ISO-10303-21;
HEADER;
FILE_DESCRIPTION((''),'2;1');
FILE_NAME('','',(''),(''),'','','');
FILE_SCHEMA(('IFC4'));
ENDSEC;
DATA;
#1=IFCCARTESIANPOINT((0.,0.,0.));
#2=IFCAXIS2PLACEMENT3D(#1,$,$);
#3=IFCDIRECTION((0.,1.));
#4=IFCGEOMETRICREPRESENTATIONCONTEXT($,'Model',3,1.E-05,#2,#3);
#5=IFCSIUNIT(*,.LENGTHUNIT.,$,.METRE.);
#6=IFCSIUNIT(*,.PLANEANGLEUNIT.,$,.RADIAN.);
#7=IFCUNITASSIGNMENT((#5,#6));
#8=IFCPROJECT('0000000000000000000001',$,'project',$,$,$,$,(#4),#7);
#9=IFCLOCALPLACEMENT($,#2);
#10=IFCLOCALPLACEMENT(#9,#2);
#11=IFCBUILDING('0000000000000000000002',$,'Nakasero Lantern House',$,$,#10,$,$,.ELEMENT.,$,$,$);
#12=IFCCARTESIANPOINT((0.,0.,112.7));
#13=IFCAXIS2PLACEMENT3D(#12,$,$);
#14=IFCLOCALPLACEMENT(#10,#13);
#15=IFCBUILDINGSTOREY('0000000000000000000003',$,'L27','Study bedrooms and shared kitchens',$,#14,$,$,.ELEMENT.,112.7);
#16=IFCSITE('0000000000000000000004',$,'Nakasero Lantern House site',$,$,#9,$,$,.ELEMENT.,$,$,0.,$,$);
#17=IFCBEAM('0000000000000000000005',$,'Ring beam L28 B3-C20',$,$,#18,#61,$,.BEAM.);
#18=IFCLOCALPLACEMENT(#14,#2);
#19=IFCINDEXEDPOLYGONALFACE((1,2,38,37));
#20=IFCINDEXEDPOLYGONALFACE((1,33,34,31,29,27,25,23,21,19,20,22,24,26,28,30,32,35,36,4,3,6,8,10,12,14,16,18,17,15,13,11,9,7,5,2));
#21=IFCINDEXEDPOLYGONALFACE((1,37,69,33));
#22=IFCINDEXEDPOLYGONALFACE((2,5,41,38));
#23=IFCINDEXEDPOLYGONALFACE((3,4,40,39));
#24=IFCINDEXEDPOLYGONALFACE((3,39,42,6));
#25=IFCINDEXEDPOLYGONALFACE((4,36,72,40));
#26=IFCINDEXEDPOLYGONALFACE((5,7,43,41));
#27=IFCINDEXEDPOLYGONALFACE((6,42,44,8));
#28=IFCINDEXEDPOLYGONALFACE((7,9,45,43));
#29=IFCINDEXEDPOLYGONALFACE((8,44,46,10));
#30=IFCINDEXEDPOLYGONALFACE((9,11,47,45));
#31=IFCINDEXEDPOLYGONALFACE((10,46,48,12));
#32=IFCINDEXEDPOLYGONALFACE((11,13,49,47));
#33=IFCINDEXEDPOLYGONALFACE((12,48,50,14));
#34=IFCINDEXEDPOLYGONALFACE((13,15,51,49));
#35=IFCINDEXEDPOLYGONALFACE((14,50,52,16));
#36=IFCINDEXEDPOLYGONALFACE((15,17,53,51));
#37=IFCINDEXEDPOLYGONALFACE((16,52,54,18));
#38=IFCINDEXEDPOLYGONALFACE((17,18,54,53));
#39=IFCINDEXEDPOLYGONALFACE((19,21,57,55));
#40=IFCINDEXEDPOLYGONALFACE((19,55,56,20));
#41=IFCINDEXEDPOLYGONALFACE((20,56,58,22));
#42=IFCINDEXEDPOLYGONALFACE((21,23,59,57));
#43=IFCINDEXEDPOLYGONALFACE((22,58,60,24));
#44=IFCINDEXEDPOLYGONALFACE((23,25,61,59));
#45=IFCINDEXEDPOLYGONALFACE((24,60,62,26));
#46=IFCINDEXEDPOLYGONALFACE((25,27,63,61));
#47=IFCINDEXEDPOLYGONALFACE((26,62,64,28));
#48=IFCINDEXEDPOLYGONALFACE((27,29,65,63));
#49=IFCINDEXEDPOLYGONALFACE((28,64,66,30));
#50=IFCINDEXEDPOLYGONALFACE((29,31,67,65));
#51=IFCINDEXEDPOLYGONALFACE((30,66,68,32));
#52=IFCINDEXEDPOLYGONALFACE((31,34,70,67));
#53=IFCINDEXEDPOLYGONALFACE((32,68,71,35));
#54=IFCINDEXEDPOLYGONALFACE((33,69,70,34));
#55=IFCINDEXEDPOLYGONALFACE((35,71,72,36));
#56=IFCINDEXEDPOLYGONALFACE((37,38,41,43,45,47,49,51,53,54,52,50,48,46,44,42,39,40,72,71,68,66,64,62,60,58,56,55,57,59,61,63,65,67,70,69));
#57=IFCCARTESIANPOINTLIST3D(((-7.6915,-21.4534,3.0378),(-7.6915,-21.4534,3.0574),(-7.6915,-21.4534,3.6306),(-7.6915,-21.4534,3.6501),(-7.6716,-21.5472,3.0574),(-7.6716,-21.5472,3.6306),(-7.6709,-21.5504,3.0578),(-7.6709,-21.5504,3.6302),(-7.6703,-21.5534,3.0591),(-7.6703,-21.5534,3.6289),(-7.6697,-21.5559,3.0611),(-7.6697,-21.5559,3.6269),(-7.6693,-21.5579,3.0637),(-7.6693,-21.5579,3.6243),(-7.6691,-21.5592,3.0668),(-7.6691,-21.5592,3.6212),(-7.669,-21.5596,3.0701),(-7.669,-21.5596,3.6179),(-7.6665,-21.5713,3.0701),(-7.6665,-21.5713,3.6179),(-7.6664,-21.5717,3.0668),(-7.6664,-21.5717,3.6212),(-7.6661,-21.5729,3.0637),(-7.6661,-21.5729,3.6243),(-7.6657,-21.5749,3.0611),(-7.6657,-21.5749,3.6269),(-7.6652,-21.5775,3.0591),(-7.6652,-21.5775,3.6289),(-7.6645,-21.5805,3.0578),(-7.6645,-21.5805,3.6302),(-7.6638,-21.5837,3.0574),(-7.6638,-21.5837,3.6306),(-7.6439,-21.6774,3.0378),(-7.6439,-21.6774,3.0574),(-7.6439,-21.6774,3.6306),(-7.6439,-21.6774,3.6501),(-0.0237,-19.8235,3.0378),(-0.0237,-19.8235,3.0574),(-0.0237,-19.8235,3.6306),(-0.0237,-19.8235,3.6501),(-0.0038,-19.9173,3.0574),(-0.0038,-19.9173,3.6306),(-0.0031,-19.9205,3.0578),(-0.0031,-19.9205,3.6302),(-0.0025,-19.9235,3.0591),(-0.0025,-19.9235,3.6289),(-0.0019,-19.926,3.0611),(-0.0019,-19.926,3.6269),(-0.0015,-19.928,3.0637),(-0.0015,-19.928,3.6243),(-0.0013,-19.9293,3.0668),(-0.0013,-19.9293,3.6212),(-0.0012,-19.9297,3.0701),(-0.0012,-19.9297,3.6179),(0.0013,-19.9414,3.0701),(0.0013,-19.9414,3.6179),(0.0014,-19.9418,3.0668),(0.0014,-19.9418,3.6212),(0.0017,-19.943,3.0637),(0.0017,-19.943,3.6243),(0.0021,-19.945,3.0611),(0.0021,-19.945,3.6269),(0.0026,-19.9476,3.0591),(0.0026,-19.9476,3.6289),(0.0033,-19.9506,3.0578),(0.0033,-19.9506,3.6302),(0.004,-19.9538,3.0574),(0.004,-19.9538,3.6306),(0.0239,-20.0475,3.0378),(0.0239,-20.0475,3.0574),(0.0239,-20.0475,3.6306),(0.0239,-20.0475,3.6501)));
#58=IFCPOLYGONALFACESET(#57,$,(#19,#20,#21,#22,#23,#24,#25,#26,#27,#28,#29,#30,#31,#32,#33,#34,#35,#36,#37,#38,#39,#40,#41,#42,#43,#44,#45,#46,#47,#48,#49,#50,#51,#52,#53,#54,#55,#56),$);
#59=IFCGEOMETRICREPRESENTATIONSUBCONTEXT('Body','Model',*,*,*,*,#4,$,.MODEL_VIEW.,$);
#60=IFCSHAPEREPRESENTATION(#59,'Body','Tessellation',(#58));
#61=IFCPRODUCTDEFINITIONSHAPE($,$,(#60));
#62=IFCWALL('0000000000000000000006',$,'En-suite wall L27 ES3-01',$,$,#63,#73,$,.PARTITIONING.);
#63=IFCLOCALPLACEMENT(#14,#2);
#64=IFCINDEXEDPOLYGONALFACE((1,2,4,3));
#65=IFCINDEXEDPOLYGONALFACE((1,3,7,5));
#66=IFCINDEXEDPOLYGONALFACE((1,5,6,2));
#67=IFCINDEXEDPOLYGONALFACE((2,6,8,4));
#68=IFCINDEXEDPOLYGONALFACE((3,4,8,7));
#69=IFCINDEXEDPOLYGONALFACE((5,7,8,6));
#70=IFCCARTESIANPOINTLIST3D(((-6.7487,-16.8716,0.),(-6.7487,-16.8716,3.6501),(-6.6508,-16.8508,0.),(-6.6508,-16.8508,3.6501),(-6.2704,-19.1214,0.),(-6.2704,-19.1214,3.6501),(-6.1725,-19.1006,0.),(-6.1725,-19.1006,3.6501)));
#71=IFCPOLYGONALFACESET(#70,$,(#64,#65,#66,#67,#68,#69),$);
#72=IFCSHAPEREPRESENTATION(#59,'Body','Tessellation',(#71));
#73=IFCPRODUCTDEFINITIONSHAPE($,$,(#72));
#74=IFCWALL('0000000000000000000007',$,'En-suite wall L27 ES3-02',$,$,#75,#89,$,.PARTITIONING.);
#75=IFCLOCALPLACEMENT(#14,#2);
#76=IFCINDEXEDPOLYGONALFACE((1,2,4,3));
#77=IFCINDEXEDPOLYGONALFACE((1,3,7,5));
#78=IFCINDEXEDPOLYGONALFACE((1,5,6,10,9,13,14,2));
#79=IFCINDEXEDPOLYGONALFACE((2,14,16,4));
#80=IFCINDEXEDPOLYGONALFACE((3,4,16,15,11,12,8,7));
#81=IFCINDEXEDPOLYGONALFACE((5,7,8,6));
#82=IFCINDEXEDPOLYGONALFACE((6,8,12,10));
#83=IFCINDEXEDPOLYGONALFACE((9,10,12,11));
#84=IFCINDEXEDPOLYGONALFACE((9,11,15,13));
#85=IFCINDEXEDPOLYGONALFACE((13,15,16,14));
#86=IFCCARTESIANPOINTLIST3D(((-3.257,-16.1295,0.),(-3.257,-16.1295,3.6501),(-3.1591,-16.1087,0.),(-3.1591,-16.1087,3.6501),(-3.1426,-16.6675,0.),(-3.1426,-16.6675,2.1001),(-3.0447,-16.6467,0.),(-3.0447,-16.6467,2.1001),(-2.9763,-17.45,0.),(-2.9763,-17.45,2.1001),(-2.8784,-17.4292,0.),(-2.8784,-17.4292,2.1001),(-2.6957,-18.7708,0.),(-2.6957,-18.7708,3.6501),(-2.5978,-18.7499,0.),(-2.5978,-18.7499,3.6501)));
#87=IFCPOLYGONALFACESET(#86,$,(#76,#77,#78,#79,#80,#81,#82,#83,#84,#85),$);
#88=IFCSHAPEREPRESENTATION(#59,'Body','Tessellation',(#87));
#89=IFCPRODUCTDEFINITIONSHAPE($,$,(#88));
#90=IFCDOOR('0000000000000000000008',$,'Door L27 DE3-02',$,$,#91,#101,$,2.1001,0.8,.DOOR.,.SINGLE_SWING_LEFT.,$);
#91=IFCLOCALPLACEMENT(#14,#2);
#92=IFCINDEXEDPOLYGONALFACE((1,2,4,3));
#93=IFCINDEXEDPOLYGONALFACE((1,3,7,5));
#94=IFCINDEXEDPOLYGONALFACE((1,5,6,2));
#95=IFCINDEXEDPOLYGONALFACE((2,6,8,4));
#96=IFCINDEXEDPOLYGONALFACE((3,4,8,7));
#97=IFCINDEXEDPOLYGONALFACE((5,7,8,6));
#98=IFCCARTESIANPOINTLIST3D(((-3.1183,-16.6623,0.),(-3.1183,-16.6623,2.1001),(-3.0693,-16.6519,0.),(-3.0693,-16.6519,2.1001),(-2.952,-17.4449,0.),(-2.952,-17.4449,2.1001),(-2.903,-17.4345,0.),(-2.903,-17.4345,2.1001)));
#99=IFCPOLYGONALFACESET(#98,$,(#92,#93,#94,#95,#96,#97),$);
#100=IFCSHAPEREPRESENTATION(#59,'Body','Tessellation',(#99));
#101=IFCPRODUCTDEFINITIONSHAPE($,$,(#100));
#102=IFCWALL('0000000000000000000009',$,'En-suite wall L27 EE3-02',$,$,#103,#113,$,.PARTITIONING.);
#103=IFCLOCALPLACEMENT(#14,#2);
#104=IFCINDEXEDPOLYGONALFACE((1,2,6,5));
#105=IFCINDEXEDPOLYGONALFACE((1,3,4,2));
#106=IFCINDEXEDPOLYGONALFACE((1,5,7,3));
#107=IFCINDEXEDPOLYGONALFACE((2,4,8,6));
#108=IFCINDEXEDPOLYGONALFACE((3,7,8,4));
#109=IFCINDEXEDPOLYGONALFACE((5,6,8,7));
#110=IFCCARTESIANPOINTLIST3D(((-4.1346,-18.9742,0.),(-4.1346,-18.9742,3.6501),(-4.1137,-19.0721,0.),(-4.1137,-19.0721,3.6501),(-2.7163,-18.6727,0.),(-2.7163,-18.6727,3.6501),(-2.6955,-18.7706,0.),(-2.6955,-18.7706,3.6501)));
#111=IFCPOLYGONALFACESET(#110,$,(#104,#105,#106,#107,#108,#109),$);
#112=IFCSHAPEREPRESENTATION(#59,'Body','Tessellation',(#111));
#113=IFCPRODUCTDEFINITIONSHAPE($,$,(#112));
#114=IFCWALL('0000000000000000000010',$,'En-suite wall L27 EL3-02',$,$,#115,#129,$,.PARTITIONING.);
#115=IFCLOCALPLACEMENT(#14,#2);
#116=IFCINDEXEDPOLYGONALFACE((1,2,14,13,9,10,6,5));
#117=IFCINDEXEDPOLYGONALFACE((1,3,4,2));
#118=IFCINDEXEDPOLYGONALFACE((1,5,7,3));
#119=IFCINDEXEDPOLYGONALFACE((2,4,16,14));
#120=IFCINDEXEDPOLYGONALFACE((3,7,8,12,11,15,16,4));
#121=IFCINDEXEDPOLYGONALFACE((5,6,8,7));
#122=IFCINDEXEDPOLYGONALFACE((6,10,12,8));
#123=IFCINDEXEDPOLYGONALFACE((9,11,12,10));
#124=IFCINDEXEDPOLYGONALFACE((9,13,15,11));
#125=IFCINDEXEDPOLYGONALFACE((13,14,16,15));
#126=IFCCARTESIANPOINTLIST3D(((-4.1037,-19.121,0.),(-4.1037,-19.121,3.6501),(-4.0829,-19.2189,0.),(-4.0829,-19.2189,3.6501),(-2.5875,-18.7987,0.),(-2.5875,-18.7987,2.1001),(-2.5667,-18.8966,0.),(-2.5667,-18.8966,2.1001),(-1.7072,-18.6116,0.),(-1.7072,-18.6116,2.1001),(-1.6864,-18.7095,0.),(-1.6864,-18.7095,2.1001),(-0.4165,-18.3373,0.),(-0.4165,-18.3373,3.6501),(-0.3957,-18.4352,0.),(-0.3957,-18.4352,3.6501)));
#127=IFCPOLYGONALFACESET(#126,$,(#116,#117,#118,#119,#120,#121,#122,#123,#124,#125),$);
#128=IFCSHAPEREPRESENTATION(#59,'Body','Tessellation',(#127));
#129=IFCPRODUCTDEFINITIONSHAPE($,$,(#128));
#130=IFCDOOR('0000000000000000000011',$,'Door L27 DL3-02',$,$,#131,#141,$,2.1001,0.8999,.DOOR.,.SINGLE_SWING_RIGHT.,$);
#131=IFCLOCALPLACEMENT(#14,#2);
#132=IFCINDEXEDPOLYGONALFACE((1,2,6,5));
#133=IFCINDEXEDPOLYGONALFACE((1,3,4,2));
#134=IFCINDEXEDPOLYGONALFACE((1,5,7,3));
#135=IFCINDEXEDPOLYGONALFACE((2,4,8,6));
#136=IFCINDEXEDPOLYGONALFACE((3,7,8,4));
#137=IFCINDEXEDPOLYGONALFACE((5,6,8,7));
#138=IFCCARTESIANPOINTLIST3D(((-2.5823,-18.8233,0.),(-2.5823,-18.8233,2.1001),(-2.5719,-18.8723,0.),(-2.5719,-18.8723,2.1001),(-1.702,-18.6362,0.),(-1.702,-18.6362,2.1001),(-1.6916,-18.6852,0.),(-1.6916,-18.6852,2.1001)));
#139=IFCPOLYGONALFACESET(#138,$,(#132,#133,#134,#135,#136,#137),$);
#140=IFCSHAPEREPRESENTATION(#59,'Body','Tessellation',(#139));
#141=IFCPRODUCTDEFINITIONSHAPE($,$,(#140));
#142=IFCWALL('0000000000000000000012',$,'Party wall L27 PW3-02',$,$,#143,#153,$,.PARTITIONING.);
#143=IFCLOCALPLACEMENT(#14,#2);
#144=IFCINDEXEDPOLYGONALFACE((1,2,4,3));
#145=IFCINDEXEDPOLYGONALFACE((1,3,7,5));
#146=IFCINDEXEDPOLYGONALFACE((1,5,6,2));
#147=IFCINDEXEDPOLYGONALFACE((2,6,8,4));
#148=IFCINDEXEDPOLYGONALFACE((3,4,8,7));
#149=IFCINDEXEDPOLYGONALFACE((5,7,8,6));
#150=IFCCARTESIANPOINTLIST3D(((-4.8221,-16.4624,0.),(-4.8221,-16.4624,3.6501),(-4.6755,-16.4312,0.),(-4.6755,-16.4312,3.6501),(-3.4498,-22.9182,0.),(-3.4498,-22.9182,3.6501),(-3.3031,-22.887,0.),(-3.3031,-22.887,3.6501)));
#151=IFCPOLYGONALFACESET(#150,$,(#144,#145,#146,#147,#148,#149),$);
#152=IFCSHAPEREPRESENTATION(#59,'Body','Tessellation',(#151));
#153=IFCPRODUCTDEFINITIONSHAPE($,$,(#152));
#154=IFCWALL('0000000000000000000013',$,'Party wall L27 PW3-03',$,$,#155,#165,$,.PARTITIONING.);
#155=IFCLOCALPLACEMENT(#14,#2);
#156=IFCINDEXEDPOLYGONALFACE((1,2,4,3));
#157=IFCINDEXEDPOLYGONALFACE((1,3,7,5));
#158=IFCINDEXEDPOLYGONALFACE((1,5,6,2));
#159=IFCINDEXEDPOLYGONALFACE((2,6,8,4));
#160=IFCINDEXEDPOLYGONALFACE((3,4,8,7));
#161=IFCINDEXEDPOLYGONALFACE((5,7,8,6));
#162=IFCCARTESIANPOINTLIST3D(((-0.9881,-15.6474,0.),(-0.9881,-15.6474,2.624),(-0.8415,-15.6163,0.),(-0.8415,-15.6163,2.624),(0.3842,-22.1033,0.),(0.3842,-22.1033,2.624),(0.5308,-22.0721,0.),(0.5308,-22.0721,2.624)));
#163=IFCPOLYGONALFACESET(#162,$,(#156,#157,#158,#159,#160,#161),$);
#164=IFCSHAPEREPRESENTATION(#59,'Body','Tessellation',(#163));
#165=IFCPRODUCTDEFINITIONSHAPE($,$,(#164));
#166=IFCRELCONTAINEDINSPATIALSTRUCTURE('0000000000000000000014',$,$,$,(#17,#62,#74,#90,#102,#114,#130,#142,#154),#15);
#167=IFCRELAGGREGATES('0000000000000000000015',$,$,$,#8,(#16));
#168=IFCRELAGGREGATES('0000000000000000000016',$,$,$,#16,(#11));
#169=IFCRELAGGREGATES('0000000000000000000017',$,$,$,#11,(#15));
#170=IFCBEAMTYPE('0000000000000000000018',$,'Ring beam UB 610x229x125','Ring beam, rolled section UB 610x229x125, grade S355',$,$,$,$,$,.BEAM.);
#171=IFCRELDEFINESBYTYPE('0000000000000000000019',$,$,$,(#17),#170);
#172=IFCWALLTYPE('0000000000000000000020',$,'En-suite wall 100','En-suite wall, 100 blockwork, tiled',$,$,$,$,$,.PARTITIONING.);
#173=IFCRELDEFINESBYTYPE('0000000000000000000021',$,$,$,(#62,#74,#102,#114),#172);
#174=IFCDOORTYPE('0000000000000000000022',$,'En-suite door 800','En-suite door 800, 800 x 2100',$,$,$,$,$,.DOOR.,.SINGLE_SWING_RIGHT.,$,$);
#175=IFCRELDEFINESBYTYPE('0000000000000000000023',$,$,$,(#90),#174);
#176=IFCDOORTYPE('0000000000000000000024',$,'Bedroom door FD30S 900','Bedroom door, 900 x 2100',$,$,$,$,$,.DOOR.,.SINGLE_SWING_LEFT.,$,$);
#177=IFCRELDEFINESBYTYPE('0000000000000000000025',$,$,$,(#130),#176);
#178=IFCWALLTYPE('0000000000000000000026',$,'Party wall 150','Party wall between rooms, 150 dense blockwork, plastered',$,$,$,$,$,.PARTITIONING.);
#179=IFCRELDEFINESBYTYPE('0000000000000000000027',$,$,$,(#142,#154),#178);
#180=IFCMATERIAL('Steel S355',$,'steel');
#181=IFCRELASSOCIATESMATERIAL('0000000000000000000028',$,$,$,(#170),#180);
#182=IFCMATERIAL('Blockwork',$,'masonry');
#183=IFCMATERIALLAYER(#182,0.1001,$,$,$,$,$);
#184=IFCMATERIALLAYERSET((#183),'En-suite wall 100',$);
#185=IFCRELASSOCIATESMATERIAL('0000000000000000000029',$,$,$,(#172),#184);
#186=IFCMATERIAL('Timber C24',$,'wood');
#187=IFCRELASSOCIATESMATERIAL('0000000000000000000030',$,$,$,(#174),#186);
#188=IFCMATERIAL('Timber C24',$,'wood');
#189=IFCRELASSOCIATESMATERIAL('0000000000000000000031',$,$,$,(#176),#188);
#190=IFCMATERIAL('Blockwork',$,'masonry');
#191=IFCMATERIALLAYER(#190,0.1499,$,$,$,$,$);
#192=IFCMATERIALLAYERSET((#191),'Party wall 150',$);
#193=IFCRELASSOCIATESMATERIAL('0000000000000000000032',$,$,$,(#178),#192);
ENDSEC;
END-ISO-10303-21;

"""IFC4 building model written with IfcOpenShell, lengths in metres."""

from ifc_helpers import new_model, si_unit, direction, frame, frame_2d, origin, origin_2d, place, context, subcontext, project, spatial, rectangle, i_section, extrude, material, layer, layer_set, material_profile, profile_set, type_object, element, fill, save


model = new_model("IFC4")

# Units and contexts
model_context = context("Model", 3, precision=1e-05, world=origin(), true_north=direction((0.0, 1.0)))
body_context = subcontext(model_context, "Body", "Model", "MODEL_VIEW")
ifc_project = project(units=[si_unit("LENGTHUNIT", "METRE"), si_unit("PLANEANGLEUNIT", "RADIAN")], contexts=[model_context])

# Site, building, storey
site_placement = place(None, origin())
site = spatial("IfcSite", under=ifc_project, at=site_placement, Name="Nakasero Lantern House site", CompositionType="ELEMENT", RefElevation=0.0)
building_placement = place(site_placement, origin())
building = spatial("IfcBuilding", under=site, at=building_placement, Name="Nakasero Lantern House", CompositionType="ELEMENT")
storey_placement = place(building_placement, frame((0.0, 0.0, 112.7)))
storey = spatial("IfcBuildingStorey", under=building, at=storey_placement, Name="L27", Description="Study bedrooms and shared kitchens", CompositionType="ELEMENT", Elevation=112.7)

# Beam
ifc_material_1 = material(Name="Steel S355", Category="steel")
ifc_material_profile_1 = material_profile(ifc_material_1, i_section(OverallWidth=0.229, OverallDepth=0.6123, WebThickness=0.012, FlangeThickness=0.0195, FilletRadius=0.0127, at=origin_2d()), Name="UB 610x229x125")
ifc_profile_set_1 = profile_set([ifc_material_profile_1], Name="Steel S355")
beam_type_1 = type_object("IfcBeamType", Name="Ring beam UB 610x229x125", Description="Ring beam, rolled section UB 610x229x125, grade S355", PredefinedType="BEAM", material=ifc_profile_set_1)
beam_1_placement = place(storey_placement, frame((-7.6677, -21.5654, 3.344), z_axis=(0.978146, 0.207919, 0.0), x_axis=(-0.207919, 0.978146, 0.0)))
element("IfcBeam", 1, at=beam_1_placement, inside=storey, type_object=beam_type_1, Name="Ring beam L28 B3-C20", PredefinedType="BEAM", context=body_context, shape_type="SweptSolid", body=[
    extrude(i_section(OverallWidth=0.229, OverallDepth=0.6123, WebThickness=0.012, FlangeThickness=0.0195, FilletRadius=0.0127, at=origin_2d()), origin(), (0.0, 0.0, 1.0), 7.8391),
])

# Wall
ifc_material_2 = material(Name="Blockwork", Category="masonry")
ifc_layer_1 = layer(ifc_material_2, 0.1001)
ifc_layer_set_1 = layer_set([ifc_layer_1], Name="En-suite wall 100")
wall_type_1 = type_object("IfcWallType", Name="En-suite wall 100", Description="En-suite wall, 100 blockwork, tiled", PredefinedType="PARTITIONING", material=ifc_layer_set_1)
wall_1_placement = place(storey_placement, frame((-6.6997, -16.8613, 0.0), z_axis=(0.0, 0.0, 1.0), x_axis=(0.207941, -0.978141, 0.0)))
element("IfcWall", 2, at=wall_1_placement, inside=storey, type_object=wall_type_1, Name="En-suite wall L27 ES3-01", PredefinedType="PARTITIONING", context=body_context, shape_type="SweptSolid", body=[
    extrude(rectangle(XDim=2.3, YDim=0.1001, at=frame_2d((1.1499, 0.0))), origin(), (0.0, 0.0, 1.0), 3.6501),
])

# Wall, opening, door
wall_2_placement = place(storey_placement, frame((-3.208, -16.1191, 0.0), z_axis=(0.0, 0.0, 1.0), x_axis=(0.207874, -0.978156, 0.0)))
wall_2 = element("IfcWall", 3, at=wall_2_placement, inside=storey, type_object=wall_type_1, Name="En-suite wall L27 ES3-02", PredefinedType="PARTITIONING", context=body_context, shape_type="SweptSolid", body=[
    extrude(rectangle(XDim=2.7002, YDim=0.1001, at=frame_2d((1.3501, 0.0))), origin(), (0.0, 0.0, 1.0), 3.6501),
])
opening_1_placement = place(wall_2_placement, frame((0.55, 0.0, 0.0)))
opening_1 = element("IfcOpeningElement", 4, at=opening_1_placement, cuts=wall_2, PredefinedType="OPENING", context=body_context, shape_type="SweptSolid", body=[
    extrude(rectangle(XDim=0.8, YDim=2.1001, at=frame_2d((0.3999, 1.05))), frame((0.0, 0.0701, 0.0), z_axis=(0.0, -1.0, 0.0), x_axis=(1.0, 0.0, 0.0)), (0.0, 0.0, 1.0), 0.1401),
])
ifc_material_3 = material(Name="Timber C24", Category="wood")
door_type_1 = type_object("IfcDoorType", Name="En-suite door 800", Description="En-suite door 800, 800 x 2100", OperationType="SINGLE_SWING_RIGHT", PredefinedType="DOOR", material=ifc_material_3)
door_1_placement = place(opening_1_placement, origin())
door_1 = element("IfcDoor", 5, at=door_1_placement, inside=storey, type_object=door_type_1, Name="Door L27 DE3-02", OperationType="SINGLE_SWING_LEFT", OverallHeight=2.1001, OverallWidth=0.8, PredefinedType="DOOR", context=body_context, shape_type="SweptSolid", body=[
    extrude(rectangle(XDim=0.8, YDim=2.1001, at=frame_2d((0.3999, 1.05))), frame((0.0, 0.0249, 0.0), z_axis=(0.0, -1.0, 0.0), x_axis=(1.0, 0.0, 0.0)), (0.0, 0.0, 1.0), 0.05),
])
fill(opening_1, door_1)

# Wall
wall_3_placement = place(storey_placement, frame((-4.1243, -19.0232, 0.0), z_axis=(0.0, 0.0, 1.0), x_axis=(0.978139, 0.207953, 0.0)))
element("IfcWall", 6, at=wall_3_placement, inside=storey, type_object=wall_type_1, Name="En-suite wall L27 EE3-02", PredefinedType="PARTITIONING", context=body_context, shape_type="SweptSolid", body=[
    extrude(rectangle(XDim=1.45, YDim=0.1001, at=frame_2d((0.7251, 0.0))), origin(), (0.0, 0.0, 1.0), 3.6501),
])

# Wall, opening, door
wall_4_placement = place(storey_placement, frame((-4.0933, -19.1699, 0.0), z_axis=(0.0, 0.0, 1.0), x_axis=(0.978151, 0.207897, 0.0)))
wall_4 = element("IfcWall", 7, at=wall_4_placement, inside=storey, type_object=wall_type_1, Name="En-suite wall L27 EL3-02", PredefinedType="PARTITIONING", context=body_context, shape_type="SweptSolid", body=[
    extrude(rectangle(XDim=3.7695, YDim=0.1001, at=frame_2d((1.8848, 0.0))), origin(), (0.0, 0.0, 1.0), 3.6501),
])
opening_2_placement = place(wall_4_placement, frame((1.55, 0.0, 0.0)))
opening_2 = element("IfcOpeningElement", 8, at=opening_2_placement, cuts=wall_4, PredefinedType="OPENING", context=body_context, shape_type="SweptSolid", body=[
    extrude(rectangle(XDim=0.8999, YDim=2.1001, at=frame_2d((0.45, 1.05))), frame((0.0, 0.0701, 0.0), z_axis=(0.0, -1.0, 0.0), x_axis=(1.0, 0.0, 0.0)), (0.0, 0.0, 1.0), 0.1401),
])
ifc_material_4 = material(Name="Timber C24", Category="wood")
door_type_2 = type_object("IfcDoorType", Name="Bedroom door FD30S 900", Description="Bedroom door, 900 x 2100", OperationType="SINGLE_SWING_LEFT", PredefinedType="DOOR", material=ifc_material_4)
door_2_placement = place(opening_2_placement, origin())
door_2 = element("IfcDoor", 9, at=door_2_placement, inside=storey, type_object=door_type_2, Name="Door L27 DL3-02", OperationType="SINGLE_SWING_RIGHT", OverallHeight=2.1001, OverallWidth=0.8999, PredefinedType="DOOR", context=body_context, shape_type="SweptSolid", body=[
    extrude(rectangle(XDim=0.8999, YDim=2.1001, at=frame_2d((0.45, 1.05))), frame((0.0, 0.0249, 0.0), z_axis=(0.0, -1.0, 0.0), x_axis=(1.0, 0.0, 0.0)), (0.0, 0.0, 1.0), 0.05),
])
fill(opening_2, door_2)

# Walls
ifc_material_5 = material(Name="Blockwork", Category="masonry")
ifc_layer_2 = layer(ifc_material_5, 0.1499)
ifc_layer_set_2 = layer_set([ifc_layer_2], Name="Party wall 150")
wall_type_2 = type_object("IfcWallType", Name="Party wall 150", Description="Party wall between rooms, 150 dense blockwork, plastered", PredefinedType="PARTITIONING", material=ifc_layer_set_2)
wall_5_placement = place(storey_placement, frame((-4.7488, -16.4468, 0.0), z_axis=(0.0, 0.0, 1.0), x_axis=(0.207925, -0.978145, 0.0)))
element("IfcWall", 10, at=wall_5_placement, inside=storey, type_object=wall_type_2, Name="Party wall L27 PW3-02", PredefinedType="PARTITIONING", context=body_context, shape_type="SweptSolid", body=[
    extrude(rectangle(XDim=6.6001, YDim=0.1499, at=frame_2d((3.3, 0.0))), origin(), (0.0, 0.0, 1.0), 3.6501),
])
wall_6_placement = place(storey_placement, frame((-0.9148, -15.6318, 0.0), z_axis=(0.0, 0.0, 1.0), x_axis=(0.207925, -0.978145, 0.0)))
element("IfcWall", 11, at=wall_6_placement, inside=storey, type_object=wall_type_2, Name="Party wall L27 PW3-03", PredefinedType="PARTITIONING", context=body_context, shape_type="SweptSolid", body=[
    extrude(rectangle(XDim=6.6001, YDim=0.1499, at=frame_2d((3.3, 0.0))), origin(), (0.0, 0.0, 1.0), 2.624),
])

save(model, "model.ifc")
